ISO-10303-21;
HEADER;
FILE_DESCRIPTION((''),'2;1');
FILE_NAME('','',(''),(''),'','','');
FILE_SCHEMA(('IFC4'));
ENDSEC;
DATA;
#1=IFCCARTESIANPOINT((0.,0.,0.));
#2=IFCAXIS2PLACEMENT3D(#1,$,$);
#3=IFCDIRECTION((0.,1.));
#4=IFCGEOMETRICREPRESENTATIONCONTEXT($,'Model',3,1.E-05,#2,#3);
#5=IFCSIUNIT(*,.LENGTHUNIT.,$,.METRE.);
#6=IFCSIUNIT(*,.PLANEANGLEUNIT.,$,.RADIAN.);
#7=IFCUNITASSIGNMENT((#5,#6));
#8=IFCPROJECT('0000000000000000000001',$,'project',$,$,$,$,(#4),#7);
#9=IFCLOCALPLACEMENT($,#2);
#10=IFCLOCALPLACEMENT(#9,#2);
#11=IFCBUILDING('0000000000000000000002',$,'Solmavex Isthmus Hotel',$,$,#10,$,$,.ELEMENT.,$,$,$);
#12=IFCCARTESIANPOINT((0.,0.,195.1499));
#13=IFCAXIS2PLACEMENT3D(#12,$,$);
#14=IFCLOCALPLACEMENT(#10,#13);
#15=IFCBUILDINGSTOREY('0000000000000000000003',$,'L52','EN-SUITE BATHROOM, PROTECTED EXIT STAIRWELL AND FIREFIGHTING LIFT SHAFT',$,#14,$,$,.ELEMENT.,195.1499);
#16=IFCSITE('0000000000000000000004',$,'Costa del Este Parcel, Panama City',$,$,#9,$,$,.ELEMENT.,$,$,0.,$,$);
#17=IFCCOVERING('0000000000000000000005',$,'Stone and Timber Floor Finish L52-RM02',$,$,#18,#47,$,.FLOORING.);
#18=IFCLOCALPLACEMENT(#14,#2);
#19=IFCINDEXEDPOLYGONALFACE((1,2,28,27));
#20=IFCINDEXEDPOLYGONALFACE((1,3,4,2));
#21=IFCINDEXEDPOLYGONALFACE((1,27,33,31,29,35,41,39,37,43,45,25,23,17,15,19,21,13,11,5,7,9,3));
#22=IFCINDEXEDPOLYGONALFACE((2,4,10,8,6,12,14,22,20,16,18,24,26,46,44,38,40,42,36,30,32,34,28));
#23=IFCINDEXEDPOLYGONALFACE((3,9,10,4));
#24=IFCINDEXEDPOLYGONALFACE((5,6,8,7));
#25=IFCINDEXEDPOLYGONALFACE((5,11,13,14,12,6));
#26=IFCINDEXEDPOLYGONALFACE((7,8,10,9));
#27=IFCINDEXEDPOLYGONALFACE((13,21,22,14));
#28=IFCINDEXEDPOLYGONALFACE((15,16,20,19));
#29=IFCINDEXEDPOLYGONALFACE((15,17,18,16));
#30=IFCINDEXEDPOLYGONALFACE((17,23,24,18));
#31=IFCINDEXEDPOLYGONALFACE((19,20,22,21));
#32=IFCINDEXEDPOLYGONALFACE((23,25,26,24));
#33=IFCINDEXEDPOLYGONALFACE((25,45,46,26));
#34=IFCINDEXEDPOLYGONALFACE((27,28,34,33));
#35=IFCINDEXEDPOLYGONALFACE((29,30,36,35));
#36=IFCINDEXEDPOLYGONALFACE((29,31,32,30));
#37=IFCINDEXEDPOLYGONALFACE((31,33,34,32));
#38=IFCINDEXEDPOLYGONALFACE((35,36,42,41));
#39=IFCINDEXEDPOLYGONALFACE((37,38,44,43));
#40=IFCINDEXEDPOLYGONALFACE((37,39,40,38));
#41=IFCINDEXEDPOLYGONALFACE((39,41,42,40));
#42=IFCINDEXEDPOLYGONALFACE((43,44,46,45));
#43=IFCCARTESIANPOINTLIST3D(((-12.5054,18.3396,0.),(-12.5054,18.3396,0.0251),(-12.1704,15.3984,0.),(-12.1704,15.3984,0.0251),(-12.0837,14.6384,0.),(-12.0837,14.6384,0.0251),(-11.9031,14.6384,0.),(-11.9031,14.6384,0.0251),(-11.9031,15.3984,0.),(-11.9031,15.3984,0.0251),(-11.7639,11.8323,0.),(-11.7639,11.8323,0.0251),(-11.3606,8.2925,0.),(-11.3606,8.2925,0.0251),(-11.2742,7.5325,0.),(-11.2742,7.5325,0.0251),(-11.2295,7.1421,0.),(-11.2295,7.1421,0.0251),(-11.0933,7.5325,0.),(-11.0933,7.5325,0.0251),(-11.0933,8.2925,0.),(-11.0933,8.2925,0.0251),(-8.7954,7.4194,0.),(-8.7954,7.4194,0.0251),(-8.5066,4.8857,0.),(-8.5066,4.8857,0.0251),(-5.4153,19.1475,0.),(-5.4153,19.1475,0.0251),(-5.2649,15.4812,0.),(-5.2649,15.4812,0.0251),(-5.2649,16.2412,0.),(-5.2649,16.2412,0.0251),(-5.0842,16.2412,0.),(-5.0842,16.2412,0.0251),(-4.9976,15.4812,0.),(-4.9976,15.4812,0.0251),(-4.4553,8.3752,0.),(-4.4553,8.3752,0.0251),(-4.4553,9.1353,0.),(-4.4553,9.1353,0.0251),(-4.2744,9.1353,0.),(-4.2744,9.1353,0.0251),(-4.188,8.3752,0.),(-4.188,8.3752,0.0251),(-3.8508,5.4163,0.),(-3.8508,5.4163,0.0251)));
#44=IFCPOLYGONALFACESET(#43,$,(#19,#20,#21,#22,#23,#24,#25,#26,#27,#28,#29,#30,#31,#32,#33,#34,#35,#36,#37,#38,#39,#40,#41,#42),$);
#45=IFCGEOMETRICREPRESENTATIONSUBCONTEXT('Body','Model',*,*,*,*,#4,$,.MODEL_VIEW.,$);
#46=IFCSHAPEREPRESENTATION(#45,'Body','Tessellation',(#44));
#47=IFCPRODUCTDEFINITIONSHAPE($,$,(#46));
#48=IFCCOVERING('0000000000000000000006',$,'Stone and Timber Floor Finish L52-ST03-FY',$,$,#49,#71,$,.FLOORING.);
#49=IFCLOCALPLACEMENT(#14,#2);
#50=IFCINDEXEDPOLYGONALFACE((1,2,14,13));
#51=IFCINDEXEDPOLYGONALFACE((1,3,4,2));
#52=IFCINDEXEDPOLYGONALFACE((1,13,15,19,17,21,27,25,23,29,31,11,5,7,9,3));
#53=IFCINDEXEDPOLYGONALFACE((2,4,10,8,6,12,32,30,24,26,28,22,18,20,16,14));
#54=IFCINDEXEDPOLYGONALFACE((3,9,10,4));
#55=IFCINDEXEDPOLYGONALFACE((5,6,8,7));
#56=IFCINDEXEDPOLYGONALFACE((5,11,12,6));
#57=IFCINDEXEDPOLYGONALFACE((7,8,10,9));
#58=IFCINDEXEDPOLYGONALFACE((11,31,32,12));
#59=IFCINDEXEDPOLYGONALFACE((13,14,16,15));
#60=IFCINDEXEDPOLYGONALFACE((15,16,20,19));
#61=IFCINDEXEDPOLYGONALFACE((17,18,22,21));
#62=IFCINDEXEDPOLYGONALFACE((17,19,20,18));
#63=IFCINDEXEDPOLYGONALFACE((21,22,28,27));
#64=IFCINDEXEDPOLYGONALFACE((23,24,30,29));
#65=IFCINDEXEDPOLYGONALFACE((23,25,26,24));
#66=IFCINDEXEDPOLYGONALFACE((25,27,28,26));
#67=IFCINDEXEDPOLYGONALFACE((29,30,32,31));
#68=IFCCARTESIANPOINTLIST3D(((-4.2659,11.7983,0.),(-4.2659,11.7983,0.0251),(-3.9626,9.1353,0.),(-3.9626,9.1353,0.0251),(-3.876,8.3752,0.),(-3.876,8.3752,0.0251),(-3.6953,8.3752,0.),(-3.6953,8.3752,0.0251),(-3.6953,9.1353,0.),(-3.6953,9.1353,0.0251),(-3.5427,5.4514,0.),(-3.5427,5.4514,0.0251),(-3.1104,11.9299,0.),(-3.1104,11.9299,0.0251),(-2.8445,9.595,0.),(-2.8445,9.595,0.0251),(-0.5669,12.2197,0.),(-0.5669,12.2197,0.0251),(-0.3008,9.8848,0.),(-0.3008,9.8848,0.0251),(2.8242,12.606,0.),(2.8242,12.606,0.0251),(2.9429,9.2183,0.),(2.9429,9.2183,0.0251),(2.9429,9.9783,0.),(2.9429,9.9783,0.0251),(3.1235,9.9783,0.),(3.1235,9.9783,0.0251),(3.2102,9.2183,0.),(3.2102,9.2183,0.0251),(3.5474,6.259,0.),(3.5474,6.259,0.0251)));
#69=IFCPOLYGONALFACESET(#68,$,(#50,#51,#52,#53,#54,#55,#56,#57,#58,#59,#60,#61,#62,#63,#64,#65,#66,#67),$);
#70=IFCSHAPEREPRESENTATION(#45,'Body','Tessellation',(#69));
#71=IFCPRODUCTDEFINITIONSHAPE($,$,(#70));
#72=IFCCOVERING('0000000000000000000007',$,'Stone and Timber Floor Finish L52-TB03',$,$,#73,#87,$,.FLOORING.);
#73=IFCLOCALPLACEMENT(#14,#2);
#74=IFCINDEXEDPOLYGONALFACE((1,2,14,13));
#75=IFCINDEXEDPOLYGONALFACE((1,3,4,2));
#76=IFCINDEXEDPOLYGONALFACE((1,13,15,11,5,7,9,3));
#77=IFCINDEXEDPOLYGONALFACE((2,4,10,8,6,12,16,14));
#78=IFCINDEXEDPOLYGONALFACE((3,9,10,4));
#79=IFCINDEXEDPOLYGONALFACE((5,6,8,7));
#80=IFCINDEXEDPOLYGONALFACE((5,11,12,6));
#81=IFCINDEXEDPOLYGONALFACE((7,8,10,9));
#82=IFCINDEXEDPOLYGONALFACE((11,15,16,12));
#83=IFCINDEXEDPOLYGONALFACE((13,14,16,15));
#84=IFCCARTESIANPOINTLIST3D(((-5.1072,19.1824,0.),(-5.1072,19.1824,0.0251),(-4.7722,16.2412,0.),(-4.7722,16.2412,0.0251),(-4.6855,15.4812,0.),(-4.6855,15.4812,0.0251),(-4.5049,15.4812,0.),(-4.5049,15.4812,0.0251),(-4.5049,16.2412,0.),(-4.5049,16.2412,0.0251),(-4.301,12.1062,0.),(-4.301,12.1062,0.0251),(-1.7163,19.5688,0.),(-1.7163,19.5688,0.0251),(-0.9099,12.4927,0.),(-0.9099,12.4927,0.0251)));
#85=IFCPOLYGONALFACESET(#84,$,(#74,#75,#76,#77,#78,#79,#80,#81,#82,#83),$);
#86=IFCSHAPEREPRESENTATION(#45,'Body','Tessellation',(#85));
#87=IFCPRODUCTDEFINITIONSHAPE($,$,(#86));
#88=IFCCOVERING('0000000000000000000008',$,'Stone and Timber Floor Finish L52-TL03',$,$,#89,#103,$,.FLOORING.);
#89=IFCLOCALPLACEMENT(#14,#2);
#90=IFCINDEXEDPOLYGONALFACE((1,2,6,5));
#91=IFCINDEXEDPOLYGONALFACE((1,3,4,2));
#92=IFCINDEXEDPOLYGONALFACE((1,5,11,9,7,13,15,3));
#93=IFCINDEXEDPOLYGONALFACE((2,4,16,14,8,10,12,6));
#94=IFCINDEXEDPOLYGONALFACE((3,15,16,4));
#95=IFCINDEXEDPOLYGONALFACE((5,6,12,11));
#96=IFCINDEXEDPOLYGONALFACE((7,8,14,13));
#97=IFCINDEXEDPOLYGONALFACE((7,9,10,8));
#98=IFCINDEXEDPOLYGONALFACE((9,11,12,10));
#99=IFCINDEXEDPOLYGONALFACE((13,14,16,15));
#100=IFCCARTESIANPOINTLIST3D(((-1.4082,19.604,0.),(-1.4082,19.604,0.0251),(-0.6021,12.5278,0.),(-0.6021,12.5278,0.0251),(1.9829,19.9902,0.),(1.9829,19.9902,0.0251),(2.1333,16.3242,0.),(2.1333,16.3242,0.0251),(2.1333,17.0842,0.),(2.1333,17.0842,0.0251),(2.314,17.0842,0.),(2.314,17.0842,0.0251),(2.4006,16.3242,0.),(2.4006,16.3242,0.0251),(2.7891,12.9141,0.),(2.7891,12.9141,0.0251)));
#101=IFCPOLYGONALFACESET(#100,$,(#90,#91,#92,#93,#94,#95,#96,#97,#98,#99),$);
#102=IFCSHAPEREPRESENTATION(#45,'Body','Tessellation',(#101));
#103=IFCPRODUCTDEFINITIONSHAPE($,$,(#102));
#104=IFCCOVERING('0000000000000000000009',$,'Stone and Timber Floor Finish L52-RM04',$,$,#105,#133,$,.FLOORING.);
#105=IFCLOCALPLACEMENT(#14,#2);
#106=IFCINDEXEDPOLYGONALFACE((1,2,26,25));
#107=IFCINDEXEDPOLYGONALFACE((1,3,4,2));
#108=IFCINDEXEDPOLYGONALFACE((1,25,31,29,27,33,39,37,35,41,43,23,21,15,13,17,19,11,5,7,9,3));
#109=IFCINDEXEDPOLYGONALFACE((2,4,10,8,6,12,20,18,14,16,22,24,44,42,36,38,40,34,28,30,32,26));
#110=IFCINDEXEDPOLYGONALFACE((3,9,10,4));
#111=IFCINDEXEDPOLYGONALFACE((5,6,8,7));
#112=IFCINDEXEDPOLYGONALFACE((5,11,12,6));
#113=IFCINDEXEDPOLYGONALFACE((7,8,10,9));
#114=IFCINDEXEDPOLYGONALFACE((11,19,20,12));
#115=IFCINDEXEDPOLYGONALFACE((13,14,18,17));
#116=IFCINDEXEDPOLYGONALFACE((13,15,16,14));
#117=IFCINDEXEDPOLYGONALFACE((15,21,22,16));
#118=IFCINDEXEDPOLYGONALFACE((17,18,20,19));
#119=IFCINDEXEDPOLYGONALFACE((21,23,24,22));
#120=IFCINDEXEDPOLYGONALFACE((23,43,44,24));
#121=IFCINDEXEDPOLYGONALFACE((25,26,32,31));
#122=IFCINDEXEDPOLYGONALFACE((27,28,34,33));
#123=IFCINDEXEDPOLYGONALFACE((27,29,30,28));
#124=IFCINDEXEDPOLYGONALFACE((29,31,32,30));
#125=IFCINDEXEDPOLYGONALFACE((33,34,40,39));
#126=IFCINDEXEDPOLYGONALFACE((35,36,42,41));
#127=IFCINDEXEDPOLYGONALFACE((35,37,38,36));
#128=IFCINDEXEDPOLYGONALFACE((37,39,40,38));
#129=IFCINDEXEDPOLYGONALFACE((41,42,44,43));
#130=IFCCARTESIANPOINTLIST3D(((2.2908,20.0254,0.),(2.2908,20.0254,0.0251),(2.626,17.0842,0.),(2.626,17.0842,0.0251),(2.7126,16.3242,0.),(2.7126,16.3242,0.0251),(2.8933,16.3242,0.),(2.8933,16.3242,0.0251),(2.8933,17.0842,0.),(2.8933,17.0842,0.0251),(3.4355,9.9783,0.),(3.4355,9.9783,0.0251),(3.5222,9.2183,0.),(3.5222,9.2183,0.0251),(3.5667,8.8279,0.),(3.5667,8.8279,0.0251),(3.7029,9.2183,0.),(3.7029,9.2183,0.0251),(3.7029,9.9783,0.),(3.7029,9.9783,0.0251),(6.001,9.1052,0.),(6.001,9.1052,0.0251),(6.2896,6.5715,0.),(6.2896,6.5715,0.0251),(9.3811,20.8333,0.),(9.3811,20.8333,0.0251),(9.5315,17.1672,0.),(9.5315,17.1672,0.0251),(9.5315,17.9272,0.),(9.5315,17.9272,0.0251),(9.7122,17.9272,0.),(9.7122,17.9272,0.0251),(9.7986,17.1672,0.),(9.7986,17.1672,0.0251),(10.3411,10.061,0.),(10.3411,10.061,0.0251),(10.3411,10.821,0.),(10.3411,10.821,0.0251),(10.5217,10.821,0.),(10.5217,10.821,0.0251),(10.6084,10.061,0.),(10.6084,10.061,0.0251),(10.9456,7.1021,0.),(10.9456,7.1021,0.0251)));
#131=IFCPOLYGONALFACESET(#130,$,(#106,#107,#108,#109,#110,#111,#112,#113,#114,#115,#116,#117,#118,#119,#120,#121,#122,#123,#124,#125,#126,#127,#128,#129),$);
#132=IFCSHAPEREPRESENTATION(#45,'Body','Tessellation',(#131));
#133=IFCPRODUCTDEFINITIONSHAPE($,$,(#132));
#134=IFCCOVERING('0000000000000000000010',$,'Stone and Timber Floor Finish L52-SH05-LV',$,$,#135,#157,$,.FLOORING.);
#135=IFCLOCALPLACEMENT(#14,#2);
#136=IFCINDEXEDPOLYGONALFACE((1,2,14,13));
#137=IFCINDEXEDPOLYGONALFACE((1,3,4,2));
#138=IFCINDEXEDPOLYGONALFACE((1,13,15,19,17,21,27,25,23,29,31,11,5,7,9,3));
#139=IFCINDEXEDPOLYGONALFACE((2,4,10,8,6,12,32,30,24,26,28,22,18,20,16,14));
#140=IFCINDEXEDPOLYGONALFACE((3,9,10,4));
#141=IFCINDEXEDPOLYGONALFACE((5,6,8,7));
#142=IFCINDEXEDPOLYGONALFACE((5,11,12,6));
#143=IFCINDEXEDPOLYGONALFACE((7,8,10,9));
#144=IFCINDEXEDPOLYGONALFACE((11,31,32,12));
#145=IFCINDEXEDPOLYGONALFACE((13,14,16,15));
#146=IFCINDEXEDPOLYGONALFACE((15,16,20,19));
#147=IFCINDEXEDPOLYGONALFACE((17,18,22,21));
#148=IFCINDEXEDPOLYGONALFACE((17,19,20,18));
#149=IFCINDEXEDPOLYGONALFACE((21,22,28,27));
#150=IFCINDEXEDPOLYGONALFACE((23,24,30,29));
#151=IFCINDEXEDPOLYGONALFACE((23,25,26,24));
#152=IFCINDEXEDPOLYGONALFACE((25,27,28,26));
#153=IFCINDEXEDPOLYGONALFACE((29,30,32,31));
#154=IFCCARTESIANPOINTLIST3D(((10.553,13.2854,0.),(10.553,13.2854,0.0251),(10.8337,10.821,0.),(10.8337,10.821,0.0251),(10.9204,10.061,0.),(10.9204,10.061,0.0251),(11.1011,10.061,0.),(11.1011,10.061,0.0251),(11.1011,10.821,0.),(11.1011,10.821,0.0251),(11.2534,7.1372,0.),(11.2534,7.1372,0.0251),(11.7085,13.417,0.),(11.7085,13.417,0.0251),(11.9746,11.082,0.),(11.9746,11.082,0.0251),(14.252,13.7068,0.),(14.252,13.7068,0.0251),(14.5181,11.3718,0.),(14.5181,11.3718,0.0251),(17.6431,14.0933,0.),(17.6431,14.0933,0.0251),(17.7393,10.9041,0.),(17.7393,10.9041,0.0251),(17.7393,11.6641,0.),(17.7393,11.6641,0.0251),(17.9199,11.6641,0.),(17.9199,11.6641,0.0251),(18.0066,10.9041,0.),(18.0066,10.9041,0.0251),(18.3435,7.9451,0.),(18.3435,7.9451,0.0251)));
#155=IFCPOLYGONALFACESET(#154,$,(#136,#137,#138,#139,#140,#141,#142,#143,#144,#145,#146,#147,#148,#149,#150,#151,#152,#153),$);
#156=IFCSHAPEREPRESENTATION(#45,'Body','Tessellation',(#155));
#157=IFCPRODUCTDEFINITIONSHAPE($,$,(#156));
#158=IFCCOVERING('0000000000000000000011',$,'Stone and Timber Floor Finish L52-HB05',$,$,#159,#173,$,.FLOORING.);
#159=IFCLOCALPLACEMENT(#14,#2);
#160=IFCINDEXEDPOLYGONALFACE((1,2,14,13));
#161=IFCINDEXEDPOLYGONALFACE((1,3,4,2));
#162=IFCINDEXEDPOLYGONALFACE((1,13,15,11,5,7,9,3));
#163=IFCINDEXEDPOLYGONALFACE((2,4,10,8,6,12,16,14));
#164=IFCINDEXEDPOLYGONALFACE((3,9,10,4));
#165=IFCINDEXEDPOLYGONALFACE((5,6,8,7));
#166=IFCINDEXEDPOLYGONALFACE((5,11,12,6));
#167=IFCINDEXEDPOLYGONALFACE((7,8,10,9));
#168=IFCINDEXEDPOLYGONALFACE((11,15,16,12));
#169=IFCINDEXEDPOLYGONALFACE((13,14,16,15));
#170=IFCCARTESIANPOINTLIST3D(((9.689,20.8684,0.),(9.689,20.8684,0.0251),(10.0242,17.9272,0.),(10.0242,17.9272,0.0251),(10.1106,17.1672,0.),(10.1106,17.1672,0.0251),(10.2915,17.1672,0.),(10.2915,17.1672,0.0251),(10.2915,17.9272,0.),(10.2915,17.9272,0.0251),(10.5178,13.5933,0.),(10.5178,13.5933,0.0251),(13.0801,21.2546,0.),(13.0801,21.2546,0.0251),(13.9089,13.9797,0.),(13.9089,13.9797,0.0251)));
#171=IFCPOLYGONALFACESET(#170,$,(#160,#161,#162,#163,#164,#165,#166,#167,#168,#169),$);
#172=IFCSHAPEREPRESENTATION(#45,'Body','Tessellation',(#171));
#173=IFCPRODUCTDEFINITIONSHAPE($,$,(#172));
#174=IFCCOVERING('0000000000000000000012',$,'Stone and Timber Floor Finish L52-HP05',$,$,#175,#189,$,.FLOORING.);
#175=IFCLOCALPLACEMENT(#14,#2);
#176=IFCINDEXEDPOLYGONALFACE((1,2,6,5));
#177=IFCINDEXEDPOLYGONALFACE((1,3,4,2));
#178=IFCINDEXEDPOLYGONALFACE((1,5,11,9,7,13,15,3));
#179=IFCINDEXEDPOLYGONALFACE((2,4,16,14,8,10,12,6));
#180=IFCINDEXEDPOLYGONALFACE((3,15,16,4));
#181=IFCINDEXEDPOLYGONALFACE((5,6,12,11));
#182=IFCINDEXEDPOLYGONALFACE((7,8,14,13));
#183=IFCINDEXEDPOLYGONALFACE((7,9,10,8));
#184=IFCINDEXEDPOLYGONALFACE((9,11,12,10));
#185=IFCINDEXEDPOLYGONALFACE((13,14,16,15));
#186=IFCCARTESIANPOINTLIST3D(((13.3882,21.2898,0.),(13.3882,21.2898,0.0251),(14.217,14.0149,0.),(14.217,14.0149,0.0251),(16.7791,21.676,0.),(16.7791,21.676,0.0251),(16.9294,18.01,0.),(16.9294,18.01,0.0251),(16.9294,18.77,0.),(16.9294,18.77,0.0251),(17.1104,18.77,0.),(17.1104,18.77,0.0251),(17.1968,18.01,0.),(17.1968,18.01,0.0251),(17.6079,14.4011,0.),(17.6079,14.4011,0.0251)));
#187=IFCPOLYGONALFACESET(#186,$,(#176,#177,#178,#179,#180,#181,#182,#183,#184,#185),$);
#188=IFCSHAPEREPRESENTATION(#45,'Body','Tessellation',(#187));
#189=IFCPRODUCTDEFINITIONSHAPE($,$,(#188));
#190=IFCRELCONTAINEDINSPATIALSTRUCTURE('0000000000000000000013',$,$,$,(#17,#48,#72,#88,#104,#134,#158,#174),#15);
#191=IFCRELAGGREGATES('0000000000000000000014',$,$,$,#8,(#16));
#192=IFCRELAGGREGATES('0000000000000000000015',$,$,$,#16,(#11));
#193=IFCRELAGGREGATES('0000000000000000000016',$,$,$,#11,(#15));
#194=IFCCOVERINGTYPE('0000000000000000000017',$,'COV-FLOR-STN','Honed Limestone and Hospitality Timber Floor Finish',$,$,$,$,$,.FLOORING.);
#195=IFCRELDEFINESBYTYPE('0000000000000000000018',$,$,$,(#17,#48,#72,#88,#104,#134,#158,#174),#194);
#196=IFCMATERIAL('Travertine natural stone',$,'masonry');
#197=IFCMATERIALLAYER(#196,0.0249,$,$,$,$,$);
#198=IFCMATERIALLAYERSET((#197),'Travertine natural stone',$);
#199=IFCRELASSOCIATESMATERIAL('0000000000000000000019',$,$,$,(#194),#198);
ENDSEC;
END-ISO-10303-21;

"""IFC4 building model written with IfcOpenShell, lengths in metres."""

from ifc_helpers import new_model, si_unit, direction, frame, origin, place, context, subcontext, project, spatial, polyline, outline, extrude, material, layer, layer_set, type_object, element, save


model = new_model("IFC4")

# Units and contexts
model_context = context("Model", 3, precision=1e-05, world=origin(), true_north=direction((0.0, 1.0)))
body_context = subcontext(model_context, "Body", "Model", "MODEL_VIEW")
ifc_project = project(units=[si_unit("LENGTHUNIT", "METRE"), si_unit("PLANEANGLEUNIT", "RADIAN")], contexts=[model_context])

# Site, building, storey
site_placement = place(None, origin())
site = spatial("IfcSite", under=ifc_project, at=site_placement, Name="Costa del Este Parcel, Panama City", CompositionType="ELEMENT", RefElevation=0.0)
building_placement = place(site_placement, origin())
building = spatial("IfcBuilding", under=site, at=building_placement, Name="Solmavex Isthmus Hotel", CompositionType="ELEMENT")
storey_placement = place(building_placement, frame((0.0, 0.0, 195.1499)))
storey = spatial("IfcBuildingStorey", under=building, at=storey_placement, Name="L52", Description="EN-SUITE BATHROOM, PROTECTED EXIT STAIRWELL AND FIREFIGHTING LIFT SHAFT", CompositionType="ELEMENT", Elevation=195.1499)

# Coverings
ifc_material_1 = material(Name="Travertine natural stone", Category="masonry")
ifc_layer_1 = layer(ifc_material_1, 0.0249)
ifc_layer_set_1 = layer_set([ifc_layer_1], Name="Travertine natural stone")
covering_type_1 = type_object("IfcCoveringType", Name="COV-FLOR-STN", Description="Honed Limestone and Hospitality Timber Floor Finish", PredefinedType="FLOORING", material=ifc_layer_set_1)
covering_1_placement = place(storey_placement, origin())
element("IfcCovering", 1, at=covering_1_placement, inside=storey, type_object=covering_type_1, Name="Stone and Timber Floor Finish L52-RM02", PredefinedType="FLOORING", context=body_context, shape_type="SweptSolid", body=[
    extrude(outline(polyline([(-11.3606, 8.2925), (-11.0933, 8.2925), (-11.0933, 7.5325), (-11.2742, 7.5325), (-11.2295, 7.1421), (-8.7954, 7.4194), (-8.5066, 4.8857), (-3.8508, 5.4163), (-4.188, 8.3752), (-4.4553, 8.3752), (-4.4553, 9.1353), (-4.2744, 9.1353), (-4.9976, 15.4812), (-5.2649, 15.4812), (-5.2649, 16.2412), (-5.0842, 16.2412), (-5.4153, 19.1475), (-12.5054, 18.3396), (-12.1704, 15.3984), (-11.9031, 15.3984), (-11.9031, 14.6384), (-12.0837, 14.6384), (-11.7639, 11.8323), (-11.3606, 8.2925)])), origin(), (0.0, 0.0, 1.0), 0.0251),
])
covering_2_placement = place(storey_placement, origin())
element("IfcCovering", 2, at=covering_2_placement, inside=storey, type_object=covering_type_1, Name="Stone and Timber Floor Finish L52-ST03-FY", PredefinedType="FLOORING", context=body_context, shape_type="SweptSolid", body=[
    extrude(outline(polyline([(3.2102, 9.2183), (2.9429, 9.2183), (2.9429, 9.9783), (3.1235, 9.9783), (2.8242, 12.606), (-0.5669, 12.2197), (-0.3008, 9.8848), (-2.8445, 9.595), (-3.1104, 11.9299), (-4.2659, 11.7983), (-3.9626, 9.1353), (-3.6953, 9.1353), (-3.6953, 8.3752), (-3.876, 8.3752), (-3.5427, 5.4514), (3.5474, 6.259), (3.2102, 9.2183)])), origin(), (0.0, 0.0, 1.0), 0.0251),
])
covering_3_placement = place(storey_placement, origin())
element("IfcCovering", 3, at=covering_3_placement, inside=storey, type_object=covering_type_1, Name="Stone and Timber Floor Finish L52-TB03", PredefinedType="FLOORING", context=body_context, shape_type="SweptSolid", body=[
    extrude(outline(polyline([(-4.7722, 16.2412), (-4.5049, 16.2412), (-4.5049, 15.4812), (-4.6855, 15.4812), (-4.301, 12.1062), (-0.9099, 12.4927), (-1.7163, 19.5688), (-5.1072, 19.1824), (-4.7722, 16.2412)])), origin(), (0.0, 0.0, 1.0), 0.0251),
])
covering_4_placement = place(storey_placement, origin())
element("IfcCovering", 4, at=covering_4_placement, inside=storey, type_object=covering_type_1, Name="Stone and Timber Floor Finish L52-TL03", PredefinedType="FLOORING", context=body_context, shape_type="SweptSolid", body=[
    extrude(outline(polyline([(2.4006, 16.3242), (2.1333, 16.3242), (2.1333, 17.0842), (2.314, 17.0842), (1.9829, 19.9902), (-1.4082, 19.604), (-0.6021, 12.5278), (2.7891, 12.9141), (2.4006, 16.3242)])), origin(), (0.0, 0.0, 1.0), 0.0251),
])
covering_5_placement = place(storey_placement, origin())
element("IfcCovering", 5, at=covering_5_placement, inside=storey, type_object=covering_type_1, Name="Stone and Timber Floor Finish L52-RM04", PredefinedType="FLOORING", context=body_context, shape_type="SweptSolid", body=[
    extrude(outline(polyline([(3.4355, 9.9783), (3.7029, 9.9783), (3.7029, 9.2183), (3.5222, 9.2183), (3.5667, 8.8279), (6.001, 9.1052), (6.2896, 6.5715), (10.9456, 7.1021), (10.6084, 10.061), (10.3411, 10.061), (10.3411, 10.821), (10.5217, 10.821), (9.7986, 17.1672), (9.5315, 17.1672), (9.5315, 17.9272), (9.7122, 17.9272), (9.3811, 20.8333), (2.2908, 20.0254), (2.626, 17.0842), (2.8933, 17.0842), (2.8933, 16.3242), (2.7126, 16.3242), (3.4355, 9.9783)])), origin(), (0.0, 0.0, 1.0), 0.0251),
])
covering_6_placement = place(storey_placement, origin())
element("IfcCovering", 6, at=covering_6_placement, inside=storey, type_object=covering_type_1, Name="Stone and Timber Floor Finish L52-SH05-LV", PredefinedType="FLOORING", context=body_context, shape_type="SweptSolid", body=[
    extrude(outline(polyline([(18.0066, 10.9041), (17.7393, 10.9041), (17.7393, 11.6641), (17.9199, 11.6641), (17.6431, 14.0933), (14.252, 13.7068), (14.5181, 11.3718), (11.9746, 11.082), (11.7085, 13.417), (10.553, 13.2854), (10.8337, 10.821), (11.1011, 10.821), (11.1011, 10.061), (10.9204, 10.061), (11.2534, 7.1372), (18.3435, 7.9451), (18.0066, 10.9041)])), origin(), (0.0, 0.0, 1.0), 0.0251),
])
covering_7_placement = place(storey_placement, origin())
element("IfcCovering", 7, at=covering_7_placement, inside=storey, type_object=covering_type_1, Name="Stone and Timber Floor Finish L52-HB05", PredefinedType="FLOORING", context=body_context, shape_type="SweptSolid", body=[
    extrude(outline(polyline([(10.0242, 17.9272), (10.2915, 17.9272), (10.2915, 17.1672), (10.1106, 17.1672), (10.5178, 13.5933), (13.9089, 13.9797), (13.0801, 21.2546), (9.689, 20.8684), (10.0242, 17.9272)])), origin(), (0.0, 0.0, 1.0), 0.0251),
])
covering_8_placement = place(storey_placement, origin())
element("IfcCovering", 8, at=covering_8_placement, inside=storey, type_object=covering_type_1, Name="Stone and Timber Floor Finish L52-HP05", PredefinedType="FLOORING", context=body_context, shape_type="SweptSolid", body=[
    extrude(outline(polyline([(17.1968, 18.01), (16.9294, 18.01), (16.9294, 18.77), (17.1104, 18.77), (16.7791, 21.676), (13.3882, 21.2898), (14.217, 14.0149), (17.6079, 14.4011), (17.1968, 18.01)])), origin(), (0.0, 0.0, 1.0), 0.0251),
])

save(model, "model.ifc")
